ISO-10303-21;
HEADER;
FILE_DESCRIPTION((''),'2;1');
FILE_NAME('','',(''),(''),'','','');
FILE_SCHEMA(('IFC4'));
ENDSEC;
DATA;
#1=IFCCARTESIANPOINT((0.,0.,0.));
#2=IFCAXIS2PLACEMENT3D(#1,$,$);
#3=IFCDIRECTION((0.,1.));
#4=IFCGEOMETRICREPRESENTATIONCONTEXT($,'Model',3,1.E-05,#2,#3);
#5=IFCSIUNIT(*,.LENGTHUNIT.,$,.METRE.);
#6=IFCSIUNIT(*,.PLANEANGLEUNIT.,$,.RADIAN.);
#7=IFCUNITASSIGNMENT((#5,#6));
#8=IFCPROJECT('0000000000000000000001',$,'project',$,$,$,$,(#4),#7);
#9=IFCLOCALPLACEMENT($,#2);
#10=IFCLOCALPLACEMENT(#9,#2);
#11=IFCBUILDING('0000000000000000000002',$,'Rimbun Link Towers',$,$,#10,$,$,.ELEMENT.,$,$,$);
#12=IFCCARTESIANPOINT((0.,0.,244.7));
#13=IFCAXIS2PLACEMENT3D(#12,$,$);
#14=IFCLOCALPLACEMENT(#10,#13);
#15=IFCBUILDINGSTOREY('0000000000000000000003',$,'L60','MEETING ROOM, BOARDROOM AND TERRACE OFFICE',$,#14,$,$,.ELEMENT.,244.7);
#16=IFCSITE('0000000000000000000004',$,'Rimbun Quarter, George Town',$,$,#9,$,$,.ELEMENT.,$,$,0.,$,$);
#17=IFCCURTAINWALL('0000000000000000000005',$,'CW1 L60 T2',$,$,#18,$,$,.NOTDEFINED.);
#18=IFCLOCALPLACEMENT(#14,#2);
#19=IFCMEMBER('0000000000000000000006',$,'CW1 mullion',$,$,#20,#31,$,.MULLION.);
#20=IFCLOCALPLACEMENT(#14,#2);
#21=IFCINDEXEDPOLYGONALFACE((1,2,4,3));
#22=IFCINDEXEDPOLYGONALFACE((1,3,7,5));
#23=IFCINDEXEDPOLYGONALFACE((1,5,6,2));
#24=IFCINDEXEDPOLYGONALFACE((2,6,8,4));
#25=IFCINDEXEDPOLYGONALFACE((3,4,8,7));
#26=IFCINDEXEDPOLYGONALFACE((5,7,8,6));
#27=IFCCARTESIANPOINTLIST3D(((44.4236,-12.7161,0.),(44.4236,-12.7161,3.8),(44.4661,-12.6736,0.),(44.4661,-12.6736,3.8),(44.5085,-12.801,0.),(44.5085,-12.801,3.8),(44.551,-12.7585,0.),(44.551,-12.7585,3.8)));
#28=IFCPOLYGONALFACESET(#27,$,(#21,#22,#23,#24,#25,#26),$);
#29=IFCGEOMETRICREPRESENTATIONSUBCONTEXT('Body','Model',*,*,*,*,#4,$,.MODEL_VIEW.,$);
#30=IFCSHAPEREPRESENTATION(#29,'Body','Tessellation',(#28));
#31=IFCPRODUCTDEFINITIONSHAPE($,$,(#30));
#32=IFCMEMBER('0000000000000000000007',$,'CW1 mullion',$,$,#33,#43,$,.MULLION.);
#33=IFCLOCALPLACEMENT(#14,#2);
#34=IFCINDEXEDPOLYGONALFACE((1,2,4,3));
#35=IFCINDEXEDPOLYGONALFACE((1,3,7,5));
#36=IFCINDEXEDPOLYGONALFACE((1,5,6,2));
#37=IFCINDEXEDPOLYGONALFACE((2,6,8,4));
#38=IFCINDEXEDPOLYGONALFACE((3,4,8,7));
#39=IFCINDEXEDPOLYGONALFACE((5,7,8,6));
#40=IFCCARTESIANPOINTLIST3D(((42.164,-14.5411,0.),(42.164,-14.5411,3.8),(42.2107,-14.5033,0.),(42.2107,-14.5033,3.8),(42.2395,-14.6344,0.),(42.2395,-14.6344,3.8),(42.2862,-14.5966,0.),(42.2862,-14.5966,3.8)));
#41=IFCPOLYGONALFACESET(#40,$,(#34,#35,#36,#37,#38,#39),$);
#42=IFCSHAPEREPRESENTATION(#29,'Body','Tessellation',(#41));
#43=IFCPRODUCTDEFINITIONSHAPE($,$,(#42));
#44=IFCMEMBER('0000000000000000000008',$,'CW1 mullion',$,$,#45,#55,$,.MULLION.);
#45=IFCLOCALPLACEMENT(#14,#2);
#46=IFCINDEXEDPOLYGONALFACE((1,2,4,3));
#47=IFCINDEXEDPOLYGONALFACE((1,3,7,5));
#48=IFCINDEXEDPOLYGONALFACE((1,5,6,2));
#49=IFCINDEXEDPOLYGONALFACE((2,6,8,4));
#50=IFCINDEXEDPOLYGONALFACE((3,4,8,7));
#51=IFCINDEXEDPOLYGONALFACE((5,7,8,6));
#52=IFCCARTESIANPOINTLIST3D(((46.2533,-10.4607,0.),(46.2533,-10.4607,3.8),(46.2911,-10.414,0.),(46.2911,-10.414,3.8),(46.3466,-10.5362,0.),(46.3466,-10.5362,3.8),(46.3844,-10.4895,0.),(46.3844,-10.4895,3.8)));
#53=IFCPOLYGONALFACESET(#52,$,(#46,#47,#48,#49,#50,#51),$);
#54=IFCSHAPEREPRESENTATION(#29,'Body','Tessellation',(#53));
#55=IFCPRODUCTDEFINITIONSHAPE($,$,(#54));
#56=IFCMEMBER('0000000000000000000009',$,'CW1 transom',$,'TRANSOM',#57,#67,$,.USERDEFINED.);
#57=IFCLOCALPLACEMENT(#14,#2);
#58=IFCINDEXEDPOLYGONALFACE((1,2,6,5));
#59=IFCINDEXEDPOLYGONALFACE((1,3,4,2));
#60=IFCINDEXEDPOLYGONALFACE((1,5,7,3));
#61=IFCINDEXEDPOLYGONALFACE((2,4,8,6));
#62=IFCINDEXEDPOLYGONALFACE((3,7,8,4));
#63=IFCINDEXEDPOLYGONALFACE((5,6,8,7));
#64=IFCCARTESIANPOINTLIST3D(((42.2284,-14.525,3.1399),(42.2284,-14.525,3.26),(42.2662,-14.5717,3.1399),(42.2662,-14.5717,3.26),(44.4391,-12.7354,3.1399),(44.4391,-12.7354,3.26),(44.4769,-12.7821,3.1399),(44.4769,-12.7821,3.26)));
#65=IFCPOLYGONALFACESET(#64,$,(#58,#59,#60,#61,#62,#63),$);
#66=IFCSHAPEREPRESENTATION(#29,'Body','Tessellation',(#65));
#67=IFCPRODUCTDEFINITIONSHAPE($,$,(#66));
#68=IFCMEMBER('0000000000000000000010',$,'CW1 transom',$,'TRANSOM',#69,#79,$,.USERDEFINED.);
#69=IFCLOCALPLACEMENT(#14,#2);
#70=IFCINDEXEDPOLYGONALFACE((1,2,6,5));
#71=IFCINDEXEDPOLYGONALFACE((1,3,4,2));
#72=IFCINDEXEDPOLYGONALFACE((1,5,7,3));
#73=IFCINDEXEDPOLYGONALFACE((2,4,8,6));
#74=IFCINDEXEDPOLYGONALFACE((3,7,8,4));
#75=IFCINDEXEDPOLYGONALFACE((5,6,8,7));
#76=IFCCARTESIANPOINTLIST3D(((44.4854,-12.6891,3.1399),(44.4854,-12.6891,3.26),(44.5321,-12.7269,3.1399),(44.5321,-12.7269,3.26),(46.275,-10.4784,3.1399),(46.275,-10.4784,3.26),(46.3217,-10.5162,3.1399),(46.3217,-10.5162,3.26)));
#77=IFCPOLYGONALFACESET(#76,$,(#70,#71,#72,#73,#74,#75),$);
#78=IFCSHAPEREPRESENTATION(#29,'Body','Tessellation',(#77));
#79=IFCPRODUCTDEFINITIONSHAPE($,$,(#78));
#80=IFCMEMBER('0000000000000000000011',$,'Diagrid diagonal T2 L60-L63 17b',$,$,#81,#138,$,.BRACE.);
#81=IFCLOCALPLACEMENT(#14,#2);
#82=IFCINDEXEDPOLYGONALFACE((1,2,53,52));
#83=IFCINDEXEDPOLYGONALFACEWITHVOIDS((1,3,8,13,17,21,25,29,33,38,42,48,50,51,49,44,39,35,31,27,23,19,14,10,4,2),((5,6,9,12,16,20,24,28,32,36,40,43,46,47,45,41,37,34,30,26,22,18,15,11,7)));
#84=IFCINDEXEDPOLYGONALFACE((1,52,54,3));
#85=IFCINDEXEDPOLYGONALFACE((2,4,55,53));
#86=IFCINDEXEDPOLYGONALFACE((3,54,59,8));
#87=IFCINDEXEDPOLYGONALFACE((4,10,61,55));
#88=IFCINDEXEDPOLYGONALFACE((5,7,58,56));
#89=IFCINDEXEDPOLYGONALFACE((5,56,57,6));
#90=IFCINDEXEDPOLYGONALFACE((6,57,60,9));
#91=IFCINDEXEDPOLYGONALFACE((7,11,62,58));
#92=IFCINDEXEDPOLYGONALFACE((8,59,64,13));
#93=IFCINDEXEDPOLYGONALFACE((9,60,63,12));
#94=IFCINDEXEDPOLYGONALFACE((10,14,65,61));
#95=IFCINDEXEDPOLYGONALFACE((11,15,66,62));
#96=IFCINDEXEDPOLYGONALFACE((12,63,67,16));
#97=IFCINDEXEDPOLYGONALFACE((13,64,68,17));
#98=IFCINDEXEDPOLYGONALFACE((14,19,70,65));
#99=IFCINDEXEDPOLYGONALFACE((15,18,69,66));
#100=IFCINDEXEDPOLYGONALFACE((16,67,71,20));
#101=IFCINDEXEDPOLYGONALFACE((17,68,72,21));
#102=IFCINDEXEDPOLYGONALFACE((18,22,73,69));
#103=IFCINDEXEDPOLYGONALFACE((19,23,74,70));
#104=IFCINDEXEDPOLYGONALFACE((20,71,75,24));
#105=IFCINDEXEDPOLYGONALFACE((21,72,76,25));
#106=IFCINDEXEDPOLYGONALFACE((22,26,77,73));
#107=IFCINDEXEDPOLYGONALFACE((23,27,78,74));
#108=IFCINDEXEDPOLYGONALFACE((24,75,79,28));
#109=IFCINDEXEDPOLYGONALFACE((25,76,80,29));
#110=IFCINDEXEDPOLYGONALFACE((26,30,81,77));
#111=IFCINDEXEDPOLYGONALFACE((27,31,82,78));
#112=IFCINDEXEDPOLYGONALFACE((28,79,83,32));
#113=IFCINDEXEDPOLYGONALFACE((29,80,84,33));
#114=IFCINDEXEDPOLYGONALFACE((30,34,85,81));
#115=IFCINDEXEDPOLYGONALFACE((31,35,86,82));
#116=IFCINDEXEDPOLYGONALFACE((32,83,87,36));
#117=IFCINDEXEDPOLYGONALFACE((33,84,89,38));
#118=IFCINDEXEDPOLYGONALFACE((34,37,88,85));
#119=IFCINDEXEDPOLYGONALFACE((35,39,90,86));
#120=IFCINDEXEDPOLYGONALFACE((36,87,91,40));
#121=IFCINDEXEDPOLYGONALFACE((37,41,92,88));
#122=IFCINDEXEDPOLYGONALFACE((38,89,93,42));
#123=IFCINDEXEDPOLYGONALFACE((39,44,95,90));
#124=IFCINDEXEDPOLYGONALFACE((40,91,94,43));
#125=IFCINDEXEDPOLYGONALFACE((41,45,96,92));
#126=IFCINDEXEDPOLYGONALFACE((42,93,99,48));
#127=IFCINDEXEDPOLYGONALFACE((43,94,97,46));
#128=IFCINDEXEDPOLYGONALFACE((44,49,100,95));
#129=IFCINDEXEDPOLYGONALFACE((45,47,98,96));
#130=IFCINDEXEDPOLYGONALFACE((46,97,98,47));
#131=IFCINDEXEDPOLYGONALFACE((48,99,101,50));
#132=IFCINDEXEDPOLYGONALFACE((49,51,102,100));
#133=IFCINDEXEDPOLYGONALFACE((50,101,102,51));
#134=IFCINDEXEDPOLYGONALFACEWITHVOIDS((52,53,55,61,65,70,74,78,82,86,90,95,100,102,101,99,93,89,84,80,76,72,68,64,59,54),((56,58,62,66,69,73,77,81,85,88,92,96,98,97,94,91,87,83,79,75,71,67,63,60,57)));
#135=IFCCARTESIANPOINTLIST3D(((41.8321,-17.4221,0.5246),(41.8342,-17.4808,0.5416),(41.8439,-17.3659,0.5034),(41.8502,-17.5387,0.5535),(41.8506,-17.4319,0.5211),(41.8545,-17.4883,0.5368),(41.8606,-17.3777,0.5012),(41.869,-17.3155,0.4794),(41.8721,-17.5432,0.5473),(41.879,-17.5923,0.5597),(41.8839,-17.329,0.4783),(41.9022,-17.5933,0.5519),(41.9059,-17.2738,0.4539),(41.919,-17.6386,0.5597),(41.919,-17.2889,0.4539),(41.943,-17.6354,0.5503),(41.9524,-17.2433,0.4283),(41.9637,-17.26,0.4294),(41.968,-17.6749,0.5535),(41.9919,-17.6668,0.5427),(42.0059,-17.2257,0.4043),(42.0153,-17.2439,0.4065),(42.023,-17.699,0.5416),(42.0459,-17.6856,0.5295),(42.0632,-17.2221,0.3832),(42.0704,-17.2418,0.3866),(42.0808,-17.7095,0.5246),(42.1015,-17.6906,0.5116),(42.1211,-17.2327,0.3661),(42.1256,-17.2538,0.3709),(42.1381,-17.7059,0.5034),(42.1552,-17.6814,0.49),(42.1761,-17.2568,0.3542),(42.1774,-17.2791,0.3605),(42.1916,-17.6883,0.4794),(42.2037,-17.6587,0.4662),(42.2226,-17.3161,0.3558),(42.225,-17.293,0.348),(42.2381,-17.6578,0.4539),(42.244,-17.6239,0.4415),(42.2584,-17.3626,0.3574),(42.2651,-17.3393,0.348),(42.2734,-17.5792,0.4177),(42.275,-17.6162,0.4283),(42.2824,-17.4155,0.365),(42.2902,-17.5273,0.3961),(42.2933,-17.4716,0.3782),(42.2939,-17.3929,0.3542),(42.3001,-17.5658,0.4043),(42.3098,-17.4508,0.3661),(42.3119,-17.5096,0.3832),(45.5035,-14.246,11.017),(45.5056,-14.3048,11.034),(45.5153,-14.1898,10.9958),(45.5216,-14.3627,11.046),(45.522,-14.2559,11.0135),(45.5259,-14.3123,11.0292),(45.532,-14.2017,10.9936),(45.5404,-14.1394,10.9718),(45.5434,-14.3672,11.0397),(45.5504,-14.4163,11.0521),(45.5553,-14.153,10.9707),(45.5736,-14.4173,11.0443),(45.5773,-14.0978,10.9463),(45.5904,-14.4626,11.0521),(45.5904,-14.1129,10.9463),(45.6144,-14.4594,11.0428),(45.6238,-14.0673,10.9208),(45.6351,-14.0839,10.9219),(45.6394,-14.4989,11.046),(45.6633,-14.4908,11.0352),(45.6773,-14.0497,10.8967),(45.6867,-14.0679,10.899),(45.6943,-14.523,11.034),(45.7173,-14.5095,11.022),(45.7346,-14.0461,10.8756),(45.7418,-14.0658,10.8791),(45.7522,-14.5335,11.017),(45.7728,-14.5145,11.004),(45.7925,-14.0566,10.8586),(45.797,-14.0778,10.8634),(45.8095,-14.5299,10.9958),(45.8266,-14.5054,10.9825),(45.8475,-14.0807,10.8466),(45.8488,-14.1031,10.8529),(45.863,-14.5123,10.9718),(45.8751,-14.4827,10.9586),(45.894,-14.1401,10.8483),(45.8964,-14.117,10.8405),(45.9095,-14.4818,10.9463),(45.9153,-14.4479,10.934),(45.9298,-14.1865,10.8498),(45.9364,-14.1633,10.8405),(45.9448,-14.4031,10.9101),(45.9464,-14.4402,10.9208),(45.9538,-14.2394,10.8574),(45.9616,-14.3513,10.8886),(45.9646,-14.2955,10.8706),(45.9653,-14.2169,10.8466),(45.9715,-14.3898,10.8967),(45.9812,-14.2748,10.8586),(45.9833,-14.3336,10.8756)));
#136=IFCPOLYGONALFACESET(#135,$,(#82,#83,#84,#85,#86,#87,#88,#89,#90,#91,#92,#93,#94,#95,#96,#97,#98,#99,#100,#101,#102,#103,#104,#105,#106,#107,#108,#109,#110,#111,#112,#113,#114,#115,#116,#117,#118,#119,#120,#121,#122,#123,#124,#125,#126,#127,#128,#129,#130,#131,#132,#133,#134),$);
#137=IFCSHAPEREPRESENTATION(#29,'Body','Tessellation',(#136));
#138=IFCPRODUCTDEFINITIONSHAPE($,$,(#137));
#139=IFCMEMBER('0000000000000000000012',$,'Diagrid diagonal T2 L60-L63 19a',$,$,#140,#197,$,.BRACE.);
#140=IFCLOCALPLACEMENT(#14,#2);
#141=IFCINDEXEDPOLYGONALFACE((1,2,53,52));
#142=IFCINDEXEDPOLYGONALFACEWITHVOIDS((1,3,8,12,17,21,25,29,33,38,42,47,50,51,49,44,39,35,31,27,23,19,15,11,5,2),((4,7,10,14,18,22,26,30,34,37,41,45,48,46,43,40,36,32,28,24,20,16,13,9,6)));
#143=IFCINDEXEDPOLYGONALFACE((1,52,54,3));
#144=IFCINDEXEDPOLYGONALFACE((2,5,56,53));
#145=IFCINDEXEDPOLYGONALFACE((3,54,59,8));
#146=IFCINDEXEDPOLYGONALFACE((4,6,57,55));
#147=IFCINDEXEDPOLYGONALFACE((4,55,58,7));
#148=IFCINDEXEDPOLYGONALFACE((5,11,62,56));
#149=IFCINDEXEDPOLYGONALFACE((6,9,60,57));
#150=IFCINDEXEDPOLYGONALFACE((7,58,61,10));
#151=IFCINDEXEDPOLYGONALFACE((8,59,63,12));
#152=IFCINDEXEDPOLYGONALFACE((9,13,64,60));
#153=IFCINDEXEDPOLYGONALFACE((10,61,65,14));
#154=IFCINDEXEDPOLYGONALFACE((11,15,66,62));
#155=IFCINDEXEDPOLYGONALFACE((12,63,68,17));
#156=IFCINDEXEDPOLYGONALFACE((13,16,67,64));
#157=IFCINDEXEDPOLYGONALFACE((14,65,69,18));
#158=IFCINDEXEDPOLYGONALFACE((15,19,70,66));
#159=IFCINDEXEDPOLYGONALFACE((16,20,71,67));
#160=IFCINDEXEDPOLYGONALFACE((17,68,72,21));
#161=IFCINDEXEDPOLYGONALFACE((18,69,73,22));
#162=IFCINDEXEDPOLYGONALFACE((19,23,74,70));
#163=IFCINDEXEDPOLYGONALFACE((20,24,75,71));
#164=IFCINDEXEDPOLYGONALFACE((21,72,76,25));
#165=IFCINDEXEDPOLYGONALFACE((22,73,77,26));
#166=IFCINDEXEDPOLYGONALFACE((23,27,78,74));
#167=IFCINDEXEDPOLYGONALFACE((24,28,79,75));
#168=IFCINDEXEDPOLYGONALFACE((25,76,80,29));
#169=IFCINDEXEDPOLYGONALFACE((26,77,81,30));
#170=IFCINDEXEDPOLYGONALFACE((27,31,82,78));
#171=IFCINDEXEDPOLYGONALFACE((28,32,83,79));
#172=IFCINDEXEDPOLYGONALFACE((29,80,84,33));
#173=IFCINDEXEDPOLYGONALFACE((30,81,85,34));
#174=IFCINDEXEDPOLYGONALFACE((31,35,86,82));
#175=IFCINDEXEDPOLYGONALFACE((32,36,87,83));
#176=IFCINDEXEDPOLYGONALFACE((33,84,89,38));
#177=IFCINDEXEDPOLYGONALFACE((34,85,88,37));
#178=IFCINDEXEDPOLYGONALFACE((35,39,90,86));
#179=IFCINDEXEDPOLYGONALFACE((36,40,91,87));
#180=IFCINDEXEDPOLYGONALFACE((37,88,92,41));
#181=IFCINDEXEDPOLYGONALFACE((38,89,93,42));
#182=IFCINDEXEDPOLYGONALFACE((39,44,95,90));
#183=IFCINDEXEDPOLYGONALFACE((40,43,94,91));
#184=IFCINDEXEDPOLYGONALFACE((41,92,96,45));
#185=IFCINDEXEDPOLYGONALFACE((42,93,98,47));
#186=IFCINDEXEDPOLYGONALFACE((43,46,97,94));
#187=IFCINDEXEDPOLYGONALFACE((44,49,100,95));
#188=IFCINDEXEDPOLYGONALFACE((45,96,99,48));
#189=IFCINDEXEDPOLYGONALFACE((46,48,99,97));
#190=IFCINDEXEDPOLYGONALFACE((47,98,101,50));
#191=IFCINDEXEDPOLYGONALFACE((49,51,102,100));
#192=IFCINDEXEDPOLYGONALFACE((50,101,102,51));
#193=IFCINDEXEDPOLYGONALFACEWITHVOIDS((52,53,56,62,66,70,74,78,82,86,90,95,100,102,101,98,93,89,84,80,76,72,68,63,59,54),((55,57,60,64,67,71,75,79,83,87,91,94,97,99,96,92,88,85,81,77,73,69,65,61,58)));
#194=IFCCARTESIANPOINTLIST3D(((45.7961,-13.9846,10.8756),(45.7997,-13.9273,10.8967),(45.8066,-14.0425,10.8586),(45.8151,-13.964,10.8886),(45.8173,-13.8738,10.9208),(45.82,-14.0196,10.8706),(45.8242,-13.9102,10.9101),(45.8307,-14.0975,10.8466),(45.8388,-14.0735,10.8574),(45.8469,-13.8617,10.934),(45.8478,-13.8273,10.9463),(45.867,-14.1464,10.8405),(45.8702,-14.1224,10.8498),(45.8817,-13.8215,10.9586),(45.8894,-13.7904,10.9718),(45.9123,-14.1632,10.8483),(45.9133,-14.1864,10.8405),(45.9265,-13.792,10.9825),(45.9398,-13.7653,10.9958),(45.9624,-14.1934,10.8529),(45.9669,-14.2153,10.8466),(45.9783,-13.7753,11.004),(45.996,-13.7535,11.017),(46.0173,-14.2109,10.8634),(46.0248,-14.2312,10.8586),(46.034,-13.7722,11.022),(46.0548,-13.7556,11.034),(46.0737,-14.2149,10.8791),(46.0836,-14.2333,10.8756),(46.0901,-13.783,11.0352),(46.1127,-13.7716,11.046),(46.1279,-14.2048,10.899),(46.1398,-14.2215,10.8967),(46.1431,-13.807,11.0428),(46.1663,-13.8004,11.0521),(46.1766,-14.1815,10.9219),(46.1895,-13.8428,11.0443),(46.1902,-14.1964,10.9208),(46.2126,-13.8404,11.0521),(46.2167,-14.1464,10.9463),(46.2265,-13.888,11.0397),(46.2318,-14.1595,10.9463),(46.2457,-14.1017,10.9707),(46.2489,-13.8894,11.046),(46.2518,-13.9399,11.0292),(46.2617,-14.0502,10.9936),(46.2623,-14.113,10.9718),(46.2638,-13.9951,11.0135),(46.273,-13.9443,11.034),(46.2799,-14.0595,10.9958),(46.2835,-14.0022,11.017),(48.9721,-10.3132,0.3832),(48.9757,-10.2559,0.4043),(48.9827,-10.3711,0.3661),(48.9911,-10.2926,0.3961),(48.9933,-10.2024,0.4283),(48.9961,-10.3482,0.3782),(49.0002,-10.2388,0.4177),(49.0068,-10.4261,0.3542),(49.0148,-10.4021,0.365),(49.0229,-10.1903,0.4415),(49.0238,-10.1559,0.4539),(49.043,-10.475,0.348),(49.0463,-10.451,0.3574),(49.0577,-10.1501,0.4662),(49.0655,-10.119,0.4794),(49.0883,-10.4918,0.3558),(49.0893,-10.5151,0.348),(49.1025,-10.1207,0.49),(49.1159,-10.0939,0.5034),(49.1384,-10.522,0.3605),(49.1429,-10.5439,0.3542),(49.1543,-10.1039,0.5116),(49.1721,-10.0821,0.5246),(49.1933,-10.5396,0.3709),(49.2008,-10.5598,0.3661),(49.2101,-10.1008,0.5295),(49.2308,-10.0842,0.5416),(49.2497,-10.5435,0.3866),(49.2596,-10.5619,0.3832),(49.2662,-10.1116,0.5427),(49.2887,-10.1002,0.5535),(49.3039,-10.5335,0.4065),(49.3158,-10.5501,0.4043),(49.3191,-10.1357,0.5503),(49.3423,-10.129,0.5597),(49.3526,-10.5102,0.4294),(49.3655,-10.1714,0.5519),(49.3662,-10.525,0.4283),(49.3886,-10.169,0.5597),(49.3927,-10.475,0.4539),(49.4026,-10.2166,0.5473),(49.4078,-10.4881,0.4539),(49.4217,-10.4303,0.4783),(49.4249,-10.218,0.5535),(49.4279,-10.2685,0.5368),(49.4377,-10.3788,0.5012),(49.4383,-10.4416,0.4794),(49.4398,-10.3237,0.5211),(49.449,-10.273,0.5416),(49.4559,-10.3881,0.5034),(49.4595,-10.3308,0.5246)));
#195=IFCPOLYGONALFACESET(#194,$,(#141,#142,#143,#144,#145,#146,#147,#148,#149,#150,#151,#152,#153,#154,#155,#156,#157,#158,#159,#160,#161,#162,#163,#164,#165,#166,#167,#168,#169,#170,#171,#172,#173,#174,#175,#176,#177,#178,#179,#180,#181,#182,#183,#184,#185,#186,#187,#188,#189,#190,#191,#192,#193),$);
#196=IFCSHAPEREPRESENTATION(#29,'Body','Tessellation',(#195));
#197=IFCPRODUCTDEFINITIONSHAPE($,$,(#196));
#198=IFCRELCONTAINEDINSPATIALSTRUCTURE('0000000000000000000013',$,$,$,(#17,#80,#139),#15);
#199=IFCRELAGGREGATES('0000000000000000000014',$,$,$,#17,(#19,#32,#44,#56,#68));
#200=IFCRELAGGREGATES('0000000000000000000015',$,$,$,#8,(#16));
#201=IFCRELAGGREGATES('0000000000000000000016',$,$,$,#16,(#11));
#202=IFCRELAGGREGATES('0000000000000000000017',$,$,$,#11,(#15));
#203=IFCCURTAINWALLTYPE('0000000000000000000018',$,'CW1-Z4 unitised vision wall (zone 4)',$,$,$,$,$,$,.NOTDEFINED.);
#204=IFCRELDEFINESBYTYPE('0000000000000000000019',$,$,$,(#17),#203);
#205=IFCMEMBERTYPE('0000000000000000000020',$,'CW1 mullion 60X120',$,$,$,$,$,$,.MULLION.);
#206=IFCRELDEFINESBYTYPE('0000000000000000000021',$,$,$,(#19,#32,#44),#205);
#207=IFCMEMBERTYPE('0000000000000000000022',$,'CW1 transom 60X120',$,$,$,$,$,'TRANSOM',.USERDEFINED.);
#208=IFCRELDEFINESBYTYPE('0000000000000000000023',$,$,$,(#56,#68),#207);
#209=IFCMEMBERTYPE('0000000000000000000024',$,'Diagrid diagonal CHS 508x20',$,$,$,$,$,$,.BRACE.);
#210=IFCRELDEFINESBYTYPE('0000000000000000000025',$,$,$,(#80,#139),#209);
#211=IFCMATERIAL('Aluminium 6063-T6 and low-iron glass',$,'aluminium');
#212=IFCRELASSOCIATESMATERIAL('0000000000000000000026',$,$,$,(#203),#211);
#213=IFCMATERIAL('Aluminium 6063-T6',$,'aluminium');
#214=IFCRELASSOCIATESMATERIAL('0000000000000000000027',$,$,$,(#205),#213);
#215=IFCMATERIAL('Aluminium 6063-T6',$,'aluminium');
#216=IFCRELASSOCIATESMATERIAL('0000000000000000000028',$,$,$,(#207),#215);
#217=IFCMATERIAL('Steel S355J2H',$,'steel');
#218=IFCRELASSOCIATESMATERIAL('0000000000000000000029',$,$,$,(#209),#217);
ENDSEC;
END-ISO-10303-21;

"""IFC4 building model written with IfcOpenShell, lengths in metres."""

from ifc_helpers import new_model, si_unit, direction, frame, origin, origin_2d, place, context, subcontext, project, spatial, rectangle, hollow_circle, extrude, material, material_profile, profile_set, type_object, element, aggregate, save


model = new_model("IFC4")

# Units and contexts
model_context = context("Model", 3, precision=1e-05, world=origin(), true_north=direction((0.0, 1.0)))
body_context = subcontext(model_context, "Body", "Model", "MODEL_VIEW")
ifc_project = project(units=[si_unit("LENGTHUNIT", "METRE"), si_unit("PLANEANGLEUNIT", "RADIAN")], contexts=[model_context])

# Site, building, storey
site_placement = place(None, origin())
site = spatial("IfcSite", under=ifc_project, at=site_placement, Name="Rimbun Quarter, George Town", CompositionType="ELEMENT", RefElevation=0.0)
building_placement = place(site_placement, origin())
building = spatial("IfcBuilding", under=site, at=building_placement, Name="Rimbun Link Towers", CompositionType="ELEMENT")
storey_placement = place(building_placement, frame((0.0, 0.0, 244.7)))
storey = spatial("IfcBuildingStorey", under=building, at=storey_placement, Name="L60", Description="MEETING ROOM, BOARDROOM AND TERRACE OFFICE", CompositionType="ELEMENT", Elevation=244.7)

# Curtain wall, members
ifc_material_1 = material(Name="Aluminium 6063-T6 and low-iron glass", Category="aluminium")
curtain_wall_type = type_object("IfcCurtainWallType", Name="CW1-Z4 unitised vision wall (zone 4)", PredefinedType="NOTDEFINED", material=ifc_material_1)
curtain_wall_placement = place(storey_placement, origin())
curtain_wall = element("IfcCurtainWall", 1, at=curtain_wall_placement, inside=storey, type_object=curtain_wall_type, Name="CW1 L60 T2", PredefinedType="NOTDEFINED")
ifc_material_2 = material(Name="Aluminium 6063-T6", Category="aluminium")
ifc_material_profile_1 = material_profile(ifc_material_2, rectangle(XDim=0.1201, YDim=0.0601, at=origin_2d()), Name="MULLION 60X120")
ifc_profile_set_1 = profile_set([ifc_material_profile_1], Name="Aluminium 6063-T6")
member_type_1 = type_object("IfcMemberType", Name="CW1 mullion 60X120", PredefinedType="MULLION", material=ifc_profile_set_1)
member_1_placement = place(storey_placement, frame((44.4873, -12.7373, 0.0), z_axis=(0.0, 0.0, 1.0), x_axis=(0.707107, -0.707107, 0.0)))
member_1 = element("IfcMember", 2, at=member_1_placement, type_object=member_type_1, Name="CW1 mullion", PredefinedType="MULLION", context=body_context, shape_type="SweptSolid", body=[
    extrude(rectangle(XDim=0.1201, YDim=0.0601, at=origin_2d()), origin(), (0.0, 0.0, 1.0), 3.8),
])
member_2_placement = place(storey_placement, frame((42.2251, -14.5688, 0.0), z_axis=(0.0, 0.0, 1.0), x_axis=(0.629159, -0.777277, 0.0)))
member_2 = element("IfcMember", 3, at=member_2_placement, type_object=member_type_1, Name="CW1 mullion", PredefinedType="MULLION", context=body_context, shape_type="SweptSolid", body=[
    extrude(rectangle(XDim=0.1201, YDim=0.0601, at=origin_2d()), origin(), (0.0, 0.0, 1.0), 3.8),
])
member_3_placement = place(storey_placement, frame((46.3188, -10.4751, 0.0), z_axis=(0.0, 0.0, 1.0), x_axis=(0.777277, -0.629159, 0.0)))
member_3 = element("IfcMember", 4, at=member_3_placement, type_object=member_type_1, Name="CW1 mullion", PredefinedType="MULLION", context=body_context, shape_type="SweptSolid", body=[
    extrude(rectangle(XDim=0.1201, YDim=0.0601, at=origin_2d()), origin(), (0.0, 0.0, 1.0), 3.8),
])
ifc_material_3 = material(Name="Aluminium 6063-T6", Category="aluminium")
ifc_material_profile_2 = material_profile(ifc_material_3, rectangle(XDim=0.0601, YDim=0.1201, at=origin_2d()), Name="TRANSOM 60X120")
ifc_profile_set_2 = profile_set([ifc_material_profile_2], Name="Aluminium 6063-T6")
member_type_2 = type_object("IfcMemberType", Name="CW1 transom 60X120", ElementType="TRANSOM", PredefinedType="USERDEFINED", material=ifc_profile_set_2)
member_4_placement = place(storey_placement, frame((44.458, -12.7588, 3.2), z_axis=(-0.777255, -0.629186, 0.0), x_axis=(0.629186, -0.777255, 0.0)))
member_4 = element("IfcMember", 5, at=member_4_placement, type_object=member_type_2, Name="CW1 transom", ObjectType="TRANSOM", PredefinedType="USERDEFINED", context=body_context, shape_type="SweptSolid", body=[
    extrude(rectangle(XDim=0.0601, YDim=0.1201, at=origin_2d()), origin(), (0.0, 0.0, 1.0), 2.8442),
])
member_5_placement = place(storey_placement, frame((46.2983, -10.4973, 3.2), z_axis=(-0.629186, -0.777255, 0.0), x_axis=(0.777255, -0.629186, 0.0)))
member_5 = element("IfcMember", 6, at=member_5_placement, type_object=member_type_2, Name="CW1 transom", ObjectType="TRANSOM", PredefinedType="USERDEFINED", context=body_context, shape_type="SweptSolid", body=[
    extrude(rectangle(XDim=0.0601, YDim=0.1201, at=origin_2d()), origin(), (0.0, 0.0, 1.0), 2.8442),
])

# Members
ifc_material_4 = material(Name="Steel S355J2H", Category="steel")
ifc_material_profile_3 = material_profile(ifc_material_4, hollow_circle(Radius=0.2539, WallThickness=0.02, at=origin_2d()), Name="Diagrid diagonal CHS 508x20")
ifc_profile_set_3 = profile_set([ifc_material_profile_3], Name="Steel S355J2H")
member_type_3 = type_object("IfcMemberType", Name="Diagrid diagonal CHS 508x20", PredefinedType="BRACE", material=ifc_profile_set_3)
for number, where, z_axis, x_axis, name in (
    (7, (42.072, -17.4658, 0.4539), (0.317566, 0.274718, 0.907569), (-0.654243, 0.756284, 0.0), "Diagrid diagonal T2 L60-L63 17b"),
    (8, (49.2158, -10.322, 0.4539), (-0.274718, -0.317566, 0.907569), (0.756284, -0.654243, 0.0), "Diagrid diagonal T2 L60-L63 19a"),
):
    element("IfcMember", number, at=place(storey_placement, frame(where, z_axis=z_axis, x_axis=x_axis)), inside=storey, type_object=member_type_3, Name=name, PredefinedType="BRACE", context=body_context, shape_type="SweptSolid", body=[
        extrude(hollow_circle(Radius=0.2539, WallThickness=0.02, at=origin_2d()), origin(), (0.0, 0.0, 1.0), 11.561),
    ])

aggregate(curtain_wall, [member_1, member_2, member_3, member_4, member_5])

save(model, "model.ifc")
